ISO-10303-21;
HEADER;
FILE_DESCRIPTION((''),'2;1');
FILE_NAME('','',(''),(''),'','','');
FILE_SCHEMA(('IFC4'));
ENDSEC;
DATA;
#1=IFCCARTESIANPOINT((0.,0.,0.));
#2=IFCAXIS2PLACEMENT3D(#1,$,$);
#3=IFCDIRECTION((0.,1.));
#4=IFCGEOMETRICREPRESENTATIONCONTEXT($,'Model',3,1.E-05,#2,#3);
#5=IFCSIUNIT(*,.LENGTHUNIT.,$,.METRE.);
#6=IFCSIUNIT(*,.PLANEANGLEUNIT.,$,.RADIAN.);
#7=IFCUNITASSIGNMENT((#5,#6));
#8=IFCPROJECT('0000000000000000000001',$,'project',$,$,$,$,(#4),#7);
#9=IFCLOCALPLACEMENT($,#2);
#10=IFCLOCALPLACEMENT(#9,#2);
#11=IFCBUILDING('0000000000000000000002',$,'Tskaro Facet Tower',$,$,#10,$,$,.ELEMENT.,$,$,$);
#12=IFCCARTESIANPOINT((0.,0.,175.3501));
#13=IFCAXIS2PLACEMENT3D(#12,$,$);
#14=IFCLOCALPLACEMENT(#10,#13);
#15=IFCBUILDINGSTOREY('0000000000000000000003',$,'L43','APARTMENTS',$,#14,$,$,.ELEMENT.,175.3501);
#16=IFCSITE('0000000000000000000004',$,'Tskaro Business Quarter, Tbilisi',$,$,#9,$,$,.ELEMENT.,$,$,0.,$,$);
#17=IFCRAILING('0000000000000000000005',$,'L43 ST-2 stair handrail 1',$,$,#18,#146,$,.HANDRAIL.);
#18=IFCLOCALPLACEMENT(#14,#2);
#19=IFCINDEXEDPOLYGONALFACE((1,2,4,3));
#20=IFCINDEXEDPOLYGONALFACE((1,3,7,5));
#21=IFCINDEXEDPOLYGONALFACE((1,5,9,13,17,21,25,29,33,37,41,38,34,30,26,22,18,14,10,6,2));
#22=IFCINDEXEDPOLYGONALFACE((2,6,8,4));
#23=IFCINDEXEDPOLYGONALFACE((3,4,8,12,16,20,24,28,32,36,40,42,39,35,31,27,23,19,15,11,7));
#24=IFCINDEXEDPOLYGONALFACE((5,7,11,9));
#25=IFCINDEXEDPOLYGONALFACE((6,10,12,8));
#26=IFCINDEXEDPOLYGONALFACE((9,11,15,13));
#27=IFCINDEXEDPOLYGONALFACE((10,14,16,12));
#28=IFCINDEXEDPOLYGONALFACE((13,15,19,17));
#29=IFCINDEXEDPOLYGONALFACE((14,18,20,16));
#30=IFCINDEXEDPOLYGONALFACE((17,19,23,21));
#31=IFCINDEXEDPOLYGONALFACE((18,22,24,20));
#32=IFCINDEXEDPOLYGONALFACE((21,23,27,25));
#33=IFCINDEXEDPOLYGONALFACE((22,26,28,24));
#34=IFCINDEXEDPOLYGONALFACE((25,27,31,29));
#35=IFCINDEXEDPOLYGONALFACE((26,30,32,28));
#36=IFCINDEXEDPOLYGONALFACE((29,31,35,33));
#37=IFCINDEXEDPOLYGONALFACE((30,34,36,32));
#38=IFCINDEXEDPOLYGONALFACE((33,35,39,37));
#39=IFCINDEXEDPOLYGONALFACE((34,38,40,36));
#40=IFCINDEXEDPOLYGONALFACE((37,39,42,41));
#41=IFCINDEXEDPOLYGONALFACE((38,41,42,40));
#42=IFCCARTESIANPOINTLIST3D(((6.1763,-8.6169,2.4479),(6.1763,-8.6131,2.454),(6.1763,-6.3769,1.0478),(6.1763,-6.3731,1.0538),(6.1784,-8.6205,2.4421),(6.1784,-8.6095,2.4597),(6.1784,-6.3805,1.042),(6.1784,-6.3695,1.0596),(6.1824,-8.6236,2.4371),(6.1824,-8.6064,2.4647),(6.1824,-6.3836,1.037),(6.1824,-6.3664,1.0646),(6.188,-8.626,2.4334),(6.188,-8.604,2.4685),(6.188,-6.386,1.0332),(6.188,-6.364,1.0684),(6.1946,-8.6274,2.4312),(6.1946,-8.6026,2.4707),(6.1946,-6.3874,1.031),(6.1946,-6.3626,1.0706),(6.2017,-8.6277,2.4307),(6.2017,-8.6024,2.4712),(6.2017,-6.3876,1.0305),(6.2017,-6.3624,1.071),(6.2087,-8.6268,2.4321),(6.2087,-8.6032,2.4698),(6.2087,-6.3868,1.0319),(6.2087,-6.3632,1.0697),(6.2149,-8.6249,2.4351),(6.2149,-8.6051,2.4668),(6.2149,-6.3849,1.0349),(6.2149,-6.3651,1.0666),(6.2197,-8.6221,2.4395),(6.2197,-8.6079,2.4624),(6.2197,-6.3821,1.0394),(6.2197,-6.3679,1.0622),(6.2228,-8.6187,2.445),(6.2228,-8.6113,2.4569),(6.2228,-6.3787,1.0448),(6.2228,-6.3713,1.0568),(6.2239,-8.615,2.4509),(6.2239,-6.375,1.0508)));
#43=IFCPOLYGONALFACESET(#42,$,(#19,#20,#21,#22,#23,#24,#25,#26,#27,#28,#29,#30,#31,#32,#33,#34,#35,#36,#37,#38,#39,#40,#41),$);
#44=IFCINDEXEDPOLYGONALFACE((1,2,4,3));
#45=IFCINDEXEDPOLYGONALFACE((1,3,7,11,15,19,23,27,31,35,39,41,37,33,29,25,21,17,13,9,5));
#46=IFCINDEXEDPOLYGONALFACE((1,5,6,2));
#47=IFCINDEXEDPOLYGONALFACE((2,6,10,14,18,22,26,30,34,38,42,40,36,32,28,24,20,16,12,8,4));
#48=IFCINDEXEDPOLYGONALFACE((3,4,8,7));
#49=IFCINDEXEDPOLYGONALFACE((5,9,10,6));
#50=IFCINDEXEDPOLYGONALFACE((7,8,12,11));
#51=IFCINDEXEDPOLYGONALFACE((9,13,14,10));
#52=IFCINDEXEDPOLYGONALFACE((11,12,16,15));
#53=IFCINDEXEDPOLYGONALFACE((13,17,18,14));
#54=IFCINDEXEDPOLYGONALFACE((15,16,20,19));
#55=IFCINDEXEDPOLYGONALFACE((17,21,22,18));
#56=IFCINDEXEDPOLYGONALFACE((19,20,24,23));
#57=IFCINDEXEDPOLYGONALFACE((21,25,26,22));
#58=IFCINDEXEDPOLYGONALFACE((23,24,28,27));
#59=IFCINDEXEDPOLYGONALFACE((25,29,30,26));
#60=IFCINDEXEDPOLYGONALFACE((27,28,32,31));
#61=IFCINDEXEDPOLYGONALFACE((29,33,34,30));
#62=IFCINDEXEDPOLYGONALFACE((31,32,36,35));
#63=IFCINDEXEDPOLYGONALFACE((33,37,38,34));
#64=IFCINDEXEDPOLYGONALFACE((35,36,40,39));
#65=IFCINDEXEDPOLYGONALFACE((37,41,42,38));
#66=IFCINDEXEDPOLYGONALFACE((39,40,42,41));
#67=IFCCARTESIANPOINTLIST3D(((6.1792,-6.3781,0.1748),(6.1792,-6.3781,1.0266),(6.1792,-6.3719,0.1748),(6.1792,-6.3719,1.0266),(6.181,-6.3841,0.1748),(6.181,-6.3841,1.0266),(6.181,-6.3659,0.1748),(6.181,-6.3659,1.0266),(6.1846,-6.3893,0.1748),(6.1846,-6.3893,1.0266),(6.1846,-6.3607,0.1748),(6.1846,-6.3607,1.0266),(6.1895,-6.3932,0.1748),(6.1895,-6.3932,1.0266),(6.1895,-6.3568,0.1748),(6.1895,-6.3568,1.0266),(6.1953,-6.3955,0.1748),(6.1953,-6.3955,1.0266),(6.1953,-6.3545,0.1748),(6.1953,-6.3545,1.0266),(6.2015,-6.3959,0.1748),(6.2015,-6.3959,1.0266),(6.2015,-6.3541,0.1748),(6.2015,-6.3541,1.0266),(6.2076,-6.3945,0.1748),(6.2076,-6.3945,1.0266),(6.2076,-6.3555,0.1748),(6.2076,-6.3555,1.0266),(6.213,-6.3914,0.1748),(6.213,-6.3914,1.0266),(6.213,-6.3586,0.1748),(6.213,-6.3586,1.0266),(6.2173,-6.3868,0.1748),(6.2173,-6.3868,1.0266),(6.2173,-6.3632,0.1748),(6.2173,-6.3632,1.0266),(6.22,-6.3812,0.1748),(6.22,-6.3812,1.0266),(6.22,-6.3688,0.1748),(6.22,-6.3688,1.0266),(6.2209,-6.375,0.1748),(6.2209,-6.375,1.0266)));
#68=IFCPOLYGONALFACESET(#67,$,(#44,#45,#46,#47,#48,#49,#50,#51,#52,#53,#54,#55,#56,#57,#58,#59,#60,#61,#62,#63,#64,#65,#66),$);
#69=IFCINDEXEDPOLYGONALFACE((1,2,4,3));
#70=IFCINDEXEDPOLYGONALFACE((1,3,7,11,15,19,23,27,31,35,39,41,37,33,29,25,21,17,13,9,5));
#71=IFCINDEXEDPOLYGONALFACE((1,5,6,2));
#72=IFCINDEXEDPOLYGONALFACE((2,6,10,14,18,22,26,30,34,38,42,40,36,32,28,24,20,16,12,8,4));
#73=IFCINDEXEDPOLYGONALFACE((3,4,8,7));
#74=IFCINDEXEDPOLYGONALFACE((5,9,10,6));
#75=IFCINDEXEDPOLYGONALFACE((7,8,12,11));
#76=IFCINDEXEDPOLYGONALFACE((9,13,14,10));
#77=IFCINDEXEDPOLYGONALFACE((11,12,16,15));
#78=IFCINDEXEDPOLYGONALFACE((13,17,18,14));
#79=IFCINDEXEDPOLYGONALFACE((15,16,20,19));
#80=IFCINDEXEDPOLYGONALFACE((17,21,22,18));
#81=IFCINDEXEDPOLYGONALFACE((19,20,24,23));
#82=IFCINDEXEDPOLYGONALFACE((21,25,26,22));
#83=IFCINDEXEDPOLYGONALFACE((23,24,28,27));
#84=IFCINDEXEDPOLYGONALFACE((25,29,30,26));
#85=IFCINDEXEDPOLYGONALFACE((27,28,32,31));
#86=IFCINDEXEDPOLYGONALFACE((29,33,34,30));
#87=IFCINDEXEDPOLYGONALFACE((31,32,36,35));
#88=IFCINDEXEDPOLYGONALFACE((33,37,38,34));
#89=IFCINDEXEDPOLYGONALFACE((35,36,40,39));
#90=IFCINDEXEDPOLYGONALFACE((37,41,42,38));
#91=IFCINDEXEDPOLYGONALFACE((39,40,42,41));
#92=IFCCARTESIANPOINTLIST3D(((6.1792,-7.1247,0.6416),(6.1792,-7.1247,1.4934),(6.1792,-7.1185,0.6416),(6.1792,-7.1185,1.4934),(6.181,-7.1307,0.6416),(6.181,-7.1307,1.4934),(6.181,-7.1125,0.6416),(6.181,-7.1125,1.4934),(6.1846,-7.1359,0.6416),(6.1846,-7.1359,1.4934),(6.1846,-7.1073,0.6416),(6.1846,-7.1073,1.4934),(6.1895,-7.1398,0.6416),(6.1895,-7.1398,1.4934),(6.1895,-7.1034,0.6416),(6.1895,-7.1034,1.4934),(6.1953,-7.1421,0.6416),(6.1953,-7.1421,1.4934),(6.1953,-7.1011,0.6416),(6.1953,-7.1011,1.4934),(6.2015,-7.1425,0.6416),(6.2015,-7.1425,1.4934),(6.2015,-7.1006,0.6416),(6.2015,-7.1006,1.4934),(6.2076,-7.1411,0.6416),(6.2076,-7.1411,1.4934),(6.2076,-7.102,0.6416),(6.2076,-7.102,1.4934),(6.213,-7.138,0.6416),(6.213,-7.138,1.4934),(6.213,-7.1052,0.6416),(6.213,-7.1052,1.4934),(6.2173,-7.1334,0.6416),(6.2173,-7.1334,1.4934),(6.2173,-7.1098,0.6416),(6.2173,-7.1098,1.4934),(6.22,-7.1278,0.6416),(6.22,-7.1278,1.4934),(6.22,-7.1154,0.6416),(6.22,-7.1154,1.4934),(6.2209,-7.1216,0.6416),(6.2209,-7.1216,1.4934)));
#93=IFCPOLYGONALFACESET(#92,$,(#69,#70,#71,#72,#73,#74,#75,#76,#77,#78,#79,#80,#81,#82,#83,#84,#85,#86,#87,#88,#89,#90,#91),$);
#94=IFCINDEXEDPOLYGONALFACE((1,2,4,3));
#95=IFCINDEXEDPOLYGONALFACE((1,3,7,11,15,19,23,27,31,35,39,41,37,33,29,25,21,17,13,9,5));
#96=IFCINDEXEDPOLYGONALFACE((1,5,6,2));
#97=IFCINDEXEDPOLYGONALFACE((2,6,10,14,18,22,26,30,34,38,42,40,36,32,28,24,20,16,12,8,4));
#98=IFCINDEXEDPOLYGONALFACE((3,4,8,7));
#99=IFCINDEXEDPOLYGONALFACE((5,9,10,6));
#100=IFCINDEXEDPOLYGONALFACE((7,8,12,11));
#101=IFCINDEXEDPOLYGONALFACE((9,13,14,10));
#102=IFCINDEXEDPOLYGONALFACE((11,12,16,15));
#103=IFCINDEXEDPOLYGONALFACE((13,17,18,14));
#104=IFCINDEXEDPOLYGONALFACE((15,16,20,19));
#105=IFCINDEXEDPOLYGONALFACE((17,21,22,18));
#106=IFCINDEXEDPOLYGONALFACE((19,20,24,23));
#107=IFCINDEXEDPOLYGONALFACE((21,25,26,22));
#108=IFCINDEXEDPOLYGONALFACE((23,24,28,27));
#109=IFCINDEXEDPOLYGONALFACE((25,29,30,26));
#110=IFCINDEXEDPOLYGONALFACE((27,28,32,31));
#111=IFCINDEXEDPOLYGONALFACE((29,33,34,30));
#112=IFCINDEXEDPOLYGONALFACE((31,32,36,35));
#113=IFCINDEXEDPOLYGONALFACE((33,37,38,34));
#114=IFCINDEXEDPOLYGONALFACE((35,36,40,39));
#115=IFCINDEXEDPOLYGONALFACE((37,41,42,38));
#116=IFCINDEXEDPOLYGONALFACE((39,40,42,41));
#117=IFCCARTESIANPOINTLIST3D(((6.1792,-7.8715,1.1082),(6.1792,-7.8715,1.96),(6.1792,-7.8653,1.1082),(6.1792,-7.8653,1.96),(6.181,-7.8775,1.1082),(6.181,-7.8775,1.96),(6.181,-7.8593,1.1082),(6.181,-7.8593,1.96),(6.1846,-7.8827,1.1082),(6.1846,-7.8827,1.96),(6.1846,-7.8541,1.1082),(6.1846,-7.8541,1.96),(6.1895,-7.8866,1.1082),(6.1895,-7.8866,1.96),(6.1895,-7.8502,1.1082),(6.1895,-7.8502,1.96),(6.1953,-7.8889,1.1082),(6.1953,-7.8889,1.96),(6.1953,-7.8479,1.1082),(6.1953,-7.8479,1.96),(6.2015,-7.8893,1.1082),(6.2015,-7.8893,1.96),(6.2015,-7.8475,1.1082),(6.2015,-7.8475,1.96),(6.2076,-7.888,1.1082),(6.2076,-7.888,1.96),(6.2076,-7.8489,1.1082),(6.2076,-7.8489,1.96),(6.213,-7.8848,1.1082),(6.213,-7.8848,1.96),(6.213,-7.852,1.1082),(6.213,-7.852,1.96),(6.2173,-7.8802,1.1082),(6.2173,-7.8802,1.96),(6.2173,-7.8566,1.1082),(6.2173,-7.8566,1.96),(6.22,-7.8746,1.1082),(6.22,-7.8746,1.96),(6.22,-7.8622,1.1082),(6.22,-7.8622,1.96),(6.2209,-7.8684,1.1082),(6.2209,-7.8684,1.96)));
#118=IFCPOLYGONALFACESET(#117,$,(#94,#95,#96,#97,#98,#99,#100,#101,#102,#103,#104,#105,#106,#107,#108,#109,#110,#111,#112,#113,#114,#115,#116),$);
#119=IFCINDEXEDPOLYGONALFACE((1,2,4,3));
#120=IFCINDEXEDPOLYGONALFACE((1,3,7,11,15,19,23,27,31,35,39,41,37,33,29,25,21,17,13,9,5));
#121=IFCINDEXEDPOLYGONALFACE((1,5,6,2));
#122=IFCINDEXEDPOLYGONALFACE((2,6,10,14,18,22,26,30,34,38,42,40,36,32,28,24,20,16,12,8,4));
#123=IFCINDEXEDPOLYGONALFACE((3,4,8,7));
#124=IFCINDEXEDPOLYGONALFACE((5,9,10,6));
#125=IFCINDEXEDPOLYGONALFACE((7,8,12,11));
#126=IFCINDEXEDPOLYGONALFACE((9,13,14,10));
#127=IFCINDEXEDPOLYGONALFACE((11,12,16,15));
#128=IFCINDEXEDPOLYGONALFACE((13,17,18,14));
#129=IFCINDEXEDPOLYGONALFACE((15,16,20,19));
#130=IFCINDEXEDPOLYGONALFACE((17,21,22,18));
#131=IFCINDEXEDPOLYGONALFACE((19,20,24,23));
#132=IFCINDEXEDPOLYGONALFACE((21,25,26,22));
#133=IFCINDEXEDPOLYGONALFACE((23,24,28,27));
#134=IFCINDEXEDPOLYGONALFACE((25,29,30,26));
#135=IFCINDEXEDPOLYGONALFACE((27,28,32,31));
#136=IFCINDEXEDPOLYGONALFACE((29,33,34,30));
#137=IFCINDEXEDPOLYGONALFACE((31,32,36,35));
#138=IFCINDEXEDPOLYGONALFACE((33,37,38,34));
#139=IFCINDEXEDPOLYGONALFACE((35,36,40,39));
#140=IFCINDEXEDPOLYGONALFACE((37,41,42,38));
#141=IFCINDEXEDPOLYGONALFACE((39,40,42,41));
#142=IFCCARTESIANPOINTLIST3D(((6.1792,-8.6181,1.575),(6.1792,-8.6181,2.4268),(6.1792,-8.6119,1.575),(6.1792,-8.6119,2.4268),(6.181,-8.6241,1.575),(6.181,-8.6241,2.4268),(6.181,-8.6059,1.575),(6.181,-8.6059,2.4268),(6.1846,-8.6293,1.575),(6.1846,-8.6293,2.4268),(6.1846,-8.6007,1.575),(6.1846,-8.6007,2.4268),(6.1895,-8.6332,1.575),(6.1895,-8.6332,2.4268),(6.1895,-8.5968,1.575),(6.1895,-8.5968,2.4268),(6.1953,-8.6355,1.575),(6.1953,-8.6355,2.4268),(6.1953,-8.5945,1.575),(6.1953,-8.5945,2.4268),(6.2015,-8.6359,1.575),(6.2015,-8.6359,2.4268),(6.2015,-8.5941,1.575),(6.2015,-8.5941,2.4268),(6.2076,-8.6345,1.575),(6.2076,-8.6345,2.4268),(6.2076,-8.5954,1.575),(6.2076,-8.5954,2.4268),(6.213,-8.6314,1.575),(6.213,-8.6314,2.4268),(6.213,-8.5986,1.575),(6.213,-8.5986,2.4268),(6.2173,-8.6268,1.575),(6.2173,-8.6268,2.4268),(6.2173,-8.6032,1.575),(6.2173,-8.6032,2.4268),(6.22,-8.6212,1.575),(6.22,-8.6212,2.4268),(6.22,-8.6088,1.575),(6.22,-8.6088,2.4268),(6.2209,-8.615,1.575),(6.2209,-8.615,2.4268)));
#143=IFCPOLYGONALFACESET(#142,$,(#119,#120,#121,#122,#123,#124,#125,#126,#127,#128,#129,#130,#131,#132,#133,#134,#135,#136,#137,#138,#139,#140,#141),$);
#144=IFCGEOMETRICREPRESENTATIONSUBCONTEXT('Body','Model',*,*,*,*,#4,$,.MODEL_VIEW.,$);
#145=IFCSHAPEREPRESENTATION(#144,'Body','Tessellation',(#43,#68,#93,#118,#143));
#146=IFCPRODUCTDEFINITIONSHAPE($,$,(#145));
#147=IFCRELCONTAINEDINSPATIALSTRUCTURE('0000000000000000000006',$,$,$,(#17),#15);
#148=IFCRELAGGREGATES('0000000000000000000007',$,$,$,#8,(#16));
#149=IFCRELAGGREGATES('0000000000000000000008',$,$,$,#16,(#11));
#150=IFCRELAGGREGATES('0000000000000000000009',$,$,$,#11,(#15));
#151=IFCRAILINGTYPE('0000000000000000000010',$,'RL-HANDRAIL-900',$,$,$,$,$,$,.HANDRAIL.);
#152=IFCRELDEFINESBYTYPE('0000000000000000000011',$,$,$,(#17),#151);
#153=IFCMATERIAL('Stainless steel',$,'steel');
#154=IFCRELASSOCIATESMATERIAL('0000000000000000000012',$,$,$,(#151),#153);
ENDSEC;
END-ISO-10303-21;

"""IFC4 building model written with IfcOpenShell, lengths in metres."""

from ifc_helpers import new_model, si_unit, direction, frame, origin, origin_2d, place, context, subcontext, project, spatial, circle, extrude, material, type_object, element, save


model = new_model("IFC4")

# Units and contexts
model_context = context("Model", 3, precision=1e-05, world=origin(), true_north=direction((0.0, 1.0)))
body_context = subcontext(model_context, "Body", "Model", "MODEL_VIEW")
ifc_project = project(units=[si_unit("LENGTHUNIT", "METRE"), si_unit("PLANEANGLEUNIT", "RADIAN")], contexts=[model_context])

# Site, building, storey
site_placement = place(None, origin())
site = spatial("IfcSite", under=ifc_project, at=site_placement, Name="Tskaro Business Quarter, Tbilisi", CompositionType="ELEMENT", RefElevation=0.0)
building_placement = place(site_placement, origin())
building = spatial("IfcBuilding", under=site, at=building_placement, Name="Tskaro Facet Tower", CompositionType="ELEMENT")
storey_placement = place(building_placement, frame((0.0, 0.0, 175.3501)))
storey = spatial("IfcBuildingStorey", under=building, at=storey_placement, Name="L43", Description="APARTMENTS", CompositionType="ELEMENT", Elevation=175.3501)

# Shared definitions
ifc_material_1 = material(Name="Stainless steel", Category="steel")

# Railing
railing_type_1 = type_object("IfcRailingType", Name="RL-HANDRAIL-900", PredefinedType="HANDRAIL", material=ifc_material_1)
railing_1_placement = place(storey_placement, frame((6.2, -6.375, 0.1748)))
element("IfcRailing", 1, at=railing_1_placement, inside=storey, type_object=railing_type_1, Name="L43 ST-2 stair handrail 1", PredefinedType="HANDRAIL", context=body_context, shape_type="SweptSolid", body=[
    extrude(circle(Radius=0.0239, at=origin_2d()), frame((0.0, 0.0, 0.876), z_axis=(0.0, -0.847972, 0.53004), x_axis=(1.0, 0.0, 0.0)), (0.0, 0.0, 1.0), 2.6416),
    extrude(circle(Radius=0.021, at=origin_2d()), origin(), (0.0, 0.0, 1.0), 0.8518),
    extrude(circle(Radius=0.021, at=origin_2d()), frame((0.0, -0.7466, 0.4668)), (0.0, 0.0, 1.0), 0.8518),
    extrude(circle(Radius=0.021, at=origin_2d()), frame((0.0, -1.4934, 0.9333)), (0.0, 0.0, 1.0), 0.8518),
    extrude(circle(Radius=0.021, at=origin_2d()), frame((0.0, -2.24, 1.4001)), (0.0, 0.0, 1.0), 0.8518),
])

save(model, "model.ifc")
